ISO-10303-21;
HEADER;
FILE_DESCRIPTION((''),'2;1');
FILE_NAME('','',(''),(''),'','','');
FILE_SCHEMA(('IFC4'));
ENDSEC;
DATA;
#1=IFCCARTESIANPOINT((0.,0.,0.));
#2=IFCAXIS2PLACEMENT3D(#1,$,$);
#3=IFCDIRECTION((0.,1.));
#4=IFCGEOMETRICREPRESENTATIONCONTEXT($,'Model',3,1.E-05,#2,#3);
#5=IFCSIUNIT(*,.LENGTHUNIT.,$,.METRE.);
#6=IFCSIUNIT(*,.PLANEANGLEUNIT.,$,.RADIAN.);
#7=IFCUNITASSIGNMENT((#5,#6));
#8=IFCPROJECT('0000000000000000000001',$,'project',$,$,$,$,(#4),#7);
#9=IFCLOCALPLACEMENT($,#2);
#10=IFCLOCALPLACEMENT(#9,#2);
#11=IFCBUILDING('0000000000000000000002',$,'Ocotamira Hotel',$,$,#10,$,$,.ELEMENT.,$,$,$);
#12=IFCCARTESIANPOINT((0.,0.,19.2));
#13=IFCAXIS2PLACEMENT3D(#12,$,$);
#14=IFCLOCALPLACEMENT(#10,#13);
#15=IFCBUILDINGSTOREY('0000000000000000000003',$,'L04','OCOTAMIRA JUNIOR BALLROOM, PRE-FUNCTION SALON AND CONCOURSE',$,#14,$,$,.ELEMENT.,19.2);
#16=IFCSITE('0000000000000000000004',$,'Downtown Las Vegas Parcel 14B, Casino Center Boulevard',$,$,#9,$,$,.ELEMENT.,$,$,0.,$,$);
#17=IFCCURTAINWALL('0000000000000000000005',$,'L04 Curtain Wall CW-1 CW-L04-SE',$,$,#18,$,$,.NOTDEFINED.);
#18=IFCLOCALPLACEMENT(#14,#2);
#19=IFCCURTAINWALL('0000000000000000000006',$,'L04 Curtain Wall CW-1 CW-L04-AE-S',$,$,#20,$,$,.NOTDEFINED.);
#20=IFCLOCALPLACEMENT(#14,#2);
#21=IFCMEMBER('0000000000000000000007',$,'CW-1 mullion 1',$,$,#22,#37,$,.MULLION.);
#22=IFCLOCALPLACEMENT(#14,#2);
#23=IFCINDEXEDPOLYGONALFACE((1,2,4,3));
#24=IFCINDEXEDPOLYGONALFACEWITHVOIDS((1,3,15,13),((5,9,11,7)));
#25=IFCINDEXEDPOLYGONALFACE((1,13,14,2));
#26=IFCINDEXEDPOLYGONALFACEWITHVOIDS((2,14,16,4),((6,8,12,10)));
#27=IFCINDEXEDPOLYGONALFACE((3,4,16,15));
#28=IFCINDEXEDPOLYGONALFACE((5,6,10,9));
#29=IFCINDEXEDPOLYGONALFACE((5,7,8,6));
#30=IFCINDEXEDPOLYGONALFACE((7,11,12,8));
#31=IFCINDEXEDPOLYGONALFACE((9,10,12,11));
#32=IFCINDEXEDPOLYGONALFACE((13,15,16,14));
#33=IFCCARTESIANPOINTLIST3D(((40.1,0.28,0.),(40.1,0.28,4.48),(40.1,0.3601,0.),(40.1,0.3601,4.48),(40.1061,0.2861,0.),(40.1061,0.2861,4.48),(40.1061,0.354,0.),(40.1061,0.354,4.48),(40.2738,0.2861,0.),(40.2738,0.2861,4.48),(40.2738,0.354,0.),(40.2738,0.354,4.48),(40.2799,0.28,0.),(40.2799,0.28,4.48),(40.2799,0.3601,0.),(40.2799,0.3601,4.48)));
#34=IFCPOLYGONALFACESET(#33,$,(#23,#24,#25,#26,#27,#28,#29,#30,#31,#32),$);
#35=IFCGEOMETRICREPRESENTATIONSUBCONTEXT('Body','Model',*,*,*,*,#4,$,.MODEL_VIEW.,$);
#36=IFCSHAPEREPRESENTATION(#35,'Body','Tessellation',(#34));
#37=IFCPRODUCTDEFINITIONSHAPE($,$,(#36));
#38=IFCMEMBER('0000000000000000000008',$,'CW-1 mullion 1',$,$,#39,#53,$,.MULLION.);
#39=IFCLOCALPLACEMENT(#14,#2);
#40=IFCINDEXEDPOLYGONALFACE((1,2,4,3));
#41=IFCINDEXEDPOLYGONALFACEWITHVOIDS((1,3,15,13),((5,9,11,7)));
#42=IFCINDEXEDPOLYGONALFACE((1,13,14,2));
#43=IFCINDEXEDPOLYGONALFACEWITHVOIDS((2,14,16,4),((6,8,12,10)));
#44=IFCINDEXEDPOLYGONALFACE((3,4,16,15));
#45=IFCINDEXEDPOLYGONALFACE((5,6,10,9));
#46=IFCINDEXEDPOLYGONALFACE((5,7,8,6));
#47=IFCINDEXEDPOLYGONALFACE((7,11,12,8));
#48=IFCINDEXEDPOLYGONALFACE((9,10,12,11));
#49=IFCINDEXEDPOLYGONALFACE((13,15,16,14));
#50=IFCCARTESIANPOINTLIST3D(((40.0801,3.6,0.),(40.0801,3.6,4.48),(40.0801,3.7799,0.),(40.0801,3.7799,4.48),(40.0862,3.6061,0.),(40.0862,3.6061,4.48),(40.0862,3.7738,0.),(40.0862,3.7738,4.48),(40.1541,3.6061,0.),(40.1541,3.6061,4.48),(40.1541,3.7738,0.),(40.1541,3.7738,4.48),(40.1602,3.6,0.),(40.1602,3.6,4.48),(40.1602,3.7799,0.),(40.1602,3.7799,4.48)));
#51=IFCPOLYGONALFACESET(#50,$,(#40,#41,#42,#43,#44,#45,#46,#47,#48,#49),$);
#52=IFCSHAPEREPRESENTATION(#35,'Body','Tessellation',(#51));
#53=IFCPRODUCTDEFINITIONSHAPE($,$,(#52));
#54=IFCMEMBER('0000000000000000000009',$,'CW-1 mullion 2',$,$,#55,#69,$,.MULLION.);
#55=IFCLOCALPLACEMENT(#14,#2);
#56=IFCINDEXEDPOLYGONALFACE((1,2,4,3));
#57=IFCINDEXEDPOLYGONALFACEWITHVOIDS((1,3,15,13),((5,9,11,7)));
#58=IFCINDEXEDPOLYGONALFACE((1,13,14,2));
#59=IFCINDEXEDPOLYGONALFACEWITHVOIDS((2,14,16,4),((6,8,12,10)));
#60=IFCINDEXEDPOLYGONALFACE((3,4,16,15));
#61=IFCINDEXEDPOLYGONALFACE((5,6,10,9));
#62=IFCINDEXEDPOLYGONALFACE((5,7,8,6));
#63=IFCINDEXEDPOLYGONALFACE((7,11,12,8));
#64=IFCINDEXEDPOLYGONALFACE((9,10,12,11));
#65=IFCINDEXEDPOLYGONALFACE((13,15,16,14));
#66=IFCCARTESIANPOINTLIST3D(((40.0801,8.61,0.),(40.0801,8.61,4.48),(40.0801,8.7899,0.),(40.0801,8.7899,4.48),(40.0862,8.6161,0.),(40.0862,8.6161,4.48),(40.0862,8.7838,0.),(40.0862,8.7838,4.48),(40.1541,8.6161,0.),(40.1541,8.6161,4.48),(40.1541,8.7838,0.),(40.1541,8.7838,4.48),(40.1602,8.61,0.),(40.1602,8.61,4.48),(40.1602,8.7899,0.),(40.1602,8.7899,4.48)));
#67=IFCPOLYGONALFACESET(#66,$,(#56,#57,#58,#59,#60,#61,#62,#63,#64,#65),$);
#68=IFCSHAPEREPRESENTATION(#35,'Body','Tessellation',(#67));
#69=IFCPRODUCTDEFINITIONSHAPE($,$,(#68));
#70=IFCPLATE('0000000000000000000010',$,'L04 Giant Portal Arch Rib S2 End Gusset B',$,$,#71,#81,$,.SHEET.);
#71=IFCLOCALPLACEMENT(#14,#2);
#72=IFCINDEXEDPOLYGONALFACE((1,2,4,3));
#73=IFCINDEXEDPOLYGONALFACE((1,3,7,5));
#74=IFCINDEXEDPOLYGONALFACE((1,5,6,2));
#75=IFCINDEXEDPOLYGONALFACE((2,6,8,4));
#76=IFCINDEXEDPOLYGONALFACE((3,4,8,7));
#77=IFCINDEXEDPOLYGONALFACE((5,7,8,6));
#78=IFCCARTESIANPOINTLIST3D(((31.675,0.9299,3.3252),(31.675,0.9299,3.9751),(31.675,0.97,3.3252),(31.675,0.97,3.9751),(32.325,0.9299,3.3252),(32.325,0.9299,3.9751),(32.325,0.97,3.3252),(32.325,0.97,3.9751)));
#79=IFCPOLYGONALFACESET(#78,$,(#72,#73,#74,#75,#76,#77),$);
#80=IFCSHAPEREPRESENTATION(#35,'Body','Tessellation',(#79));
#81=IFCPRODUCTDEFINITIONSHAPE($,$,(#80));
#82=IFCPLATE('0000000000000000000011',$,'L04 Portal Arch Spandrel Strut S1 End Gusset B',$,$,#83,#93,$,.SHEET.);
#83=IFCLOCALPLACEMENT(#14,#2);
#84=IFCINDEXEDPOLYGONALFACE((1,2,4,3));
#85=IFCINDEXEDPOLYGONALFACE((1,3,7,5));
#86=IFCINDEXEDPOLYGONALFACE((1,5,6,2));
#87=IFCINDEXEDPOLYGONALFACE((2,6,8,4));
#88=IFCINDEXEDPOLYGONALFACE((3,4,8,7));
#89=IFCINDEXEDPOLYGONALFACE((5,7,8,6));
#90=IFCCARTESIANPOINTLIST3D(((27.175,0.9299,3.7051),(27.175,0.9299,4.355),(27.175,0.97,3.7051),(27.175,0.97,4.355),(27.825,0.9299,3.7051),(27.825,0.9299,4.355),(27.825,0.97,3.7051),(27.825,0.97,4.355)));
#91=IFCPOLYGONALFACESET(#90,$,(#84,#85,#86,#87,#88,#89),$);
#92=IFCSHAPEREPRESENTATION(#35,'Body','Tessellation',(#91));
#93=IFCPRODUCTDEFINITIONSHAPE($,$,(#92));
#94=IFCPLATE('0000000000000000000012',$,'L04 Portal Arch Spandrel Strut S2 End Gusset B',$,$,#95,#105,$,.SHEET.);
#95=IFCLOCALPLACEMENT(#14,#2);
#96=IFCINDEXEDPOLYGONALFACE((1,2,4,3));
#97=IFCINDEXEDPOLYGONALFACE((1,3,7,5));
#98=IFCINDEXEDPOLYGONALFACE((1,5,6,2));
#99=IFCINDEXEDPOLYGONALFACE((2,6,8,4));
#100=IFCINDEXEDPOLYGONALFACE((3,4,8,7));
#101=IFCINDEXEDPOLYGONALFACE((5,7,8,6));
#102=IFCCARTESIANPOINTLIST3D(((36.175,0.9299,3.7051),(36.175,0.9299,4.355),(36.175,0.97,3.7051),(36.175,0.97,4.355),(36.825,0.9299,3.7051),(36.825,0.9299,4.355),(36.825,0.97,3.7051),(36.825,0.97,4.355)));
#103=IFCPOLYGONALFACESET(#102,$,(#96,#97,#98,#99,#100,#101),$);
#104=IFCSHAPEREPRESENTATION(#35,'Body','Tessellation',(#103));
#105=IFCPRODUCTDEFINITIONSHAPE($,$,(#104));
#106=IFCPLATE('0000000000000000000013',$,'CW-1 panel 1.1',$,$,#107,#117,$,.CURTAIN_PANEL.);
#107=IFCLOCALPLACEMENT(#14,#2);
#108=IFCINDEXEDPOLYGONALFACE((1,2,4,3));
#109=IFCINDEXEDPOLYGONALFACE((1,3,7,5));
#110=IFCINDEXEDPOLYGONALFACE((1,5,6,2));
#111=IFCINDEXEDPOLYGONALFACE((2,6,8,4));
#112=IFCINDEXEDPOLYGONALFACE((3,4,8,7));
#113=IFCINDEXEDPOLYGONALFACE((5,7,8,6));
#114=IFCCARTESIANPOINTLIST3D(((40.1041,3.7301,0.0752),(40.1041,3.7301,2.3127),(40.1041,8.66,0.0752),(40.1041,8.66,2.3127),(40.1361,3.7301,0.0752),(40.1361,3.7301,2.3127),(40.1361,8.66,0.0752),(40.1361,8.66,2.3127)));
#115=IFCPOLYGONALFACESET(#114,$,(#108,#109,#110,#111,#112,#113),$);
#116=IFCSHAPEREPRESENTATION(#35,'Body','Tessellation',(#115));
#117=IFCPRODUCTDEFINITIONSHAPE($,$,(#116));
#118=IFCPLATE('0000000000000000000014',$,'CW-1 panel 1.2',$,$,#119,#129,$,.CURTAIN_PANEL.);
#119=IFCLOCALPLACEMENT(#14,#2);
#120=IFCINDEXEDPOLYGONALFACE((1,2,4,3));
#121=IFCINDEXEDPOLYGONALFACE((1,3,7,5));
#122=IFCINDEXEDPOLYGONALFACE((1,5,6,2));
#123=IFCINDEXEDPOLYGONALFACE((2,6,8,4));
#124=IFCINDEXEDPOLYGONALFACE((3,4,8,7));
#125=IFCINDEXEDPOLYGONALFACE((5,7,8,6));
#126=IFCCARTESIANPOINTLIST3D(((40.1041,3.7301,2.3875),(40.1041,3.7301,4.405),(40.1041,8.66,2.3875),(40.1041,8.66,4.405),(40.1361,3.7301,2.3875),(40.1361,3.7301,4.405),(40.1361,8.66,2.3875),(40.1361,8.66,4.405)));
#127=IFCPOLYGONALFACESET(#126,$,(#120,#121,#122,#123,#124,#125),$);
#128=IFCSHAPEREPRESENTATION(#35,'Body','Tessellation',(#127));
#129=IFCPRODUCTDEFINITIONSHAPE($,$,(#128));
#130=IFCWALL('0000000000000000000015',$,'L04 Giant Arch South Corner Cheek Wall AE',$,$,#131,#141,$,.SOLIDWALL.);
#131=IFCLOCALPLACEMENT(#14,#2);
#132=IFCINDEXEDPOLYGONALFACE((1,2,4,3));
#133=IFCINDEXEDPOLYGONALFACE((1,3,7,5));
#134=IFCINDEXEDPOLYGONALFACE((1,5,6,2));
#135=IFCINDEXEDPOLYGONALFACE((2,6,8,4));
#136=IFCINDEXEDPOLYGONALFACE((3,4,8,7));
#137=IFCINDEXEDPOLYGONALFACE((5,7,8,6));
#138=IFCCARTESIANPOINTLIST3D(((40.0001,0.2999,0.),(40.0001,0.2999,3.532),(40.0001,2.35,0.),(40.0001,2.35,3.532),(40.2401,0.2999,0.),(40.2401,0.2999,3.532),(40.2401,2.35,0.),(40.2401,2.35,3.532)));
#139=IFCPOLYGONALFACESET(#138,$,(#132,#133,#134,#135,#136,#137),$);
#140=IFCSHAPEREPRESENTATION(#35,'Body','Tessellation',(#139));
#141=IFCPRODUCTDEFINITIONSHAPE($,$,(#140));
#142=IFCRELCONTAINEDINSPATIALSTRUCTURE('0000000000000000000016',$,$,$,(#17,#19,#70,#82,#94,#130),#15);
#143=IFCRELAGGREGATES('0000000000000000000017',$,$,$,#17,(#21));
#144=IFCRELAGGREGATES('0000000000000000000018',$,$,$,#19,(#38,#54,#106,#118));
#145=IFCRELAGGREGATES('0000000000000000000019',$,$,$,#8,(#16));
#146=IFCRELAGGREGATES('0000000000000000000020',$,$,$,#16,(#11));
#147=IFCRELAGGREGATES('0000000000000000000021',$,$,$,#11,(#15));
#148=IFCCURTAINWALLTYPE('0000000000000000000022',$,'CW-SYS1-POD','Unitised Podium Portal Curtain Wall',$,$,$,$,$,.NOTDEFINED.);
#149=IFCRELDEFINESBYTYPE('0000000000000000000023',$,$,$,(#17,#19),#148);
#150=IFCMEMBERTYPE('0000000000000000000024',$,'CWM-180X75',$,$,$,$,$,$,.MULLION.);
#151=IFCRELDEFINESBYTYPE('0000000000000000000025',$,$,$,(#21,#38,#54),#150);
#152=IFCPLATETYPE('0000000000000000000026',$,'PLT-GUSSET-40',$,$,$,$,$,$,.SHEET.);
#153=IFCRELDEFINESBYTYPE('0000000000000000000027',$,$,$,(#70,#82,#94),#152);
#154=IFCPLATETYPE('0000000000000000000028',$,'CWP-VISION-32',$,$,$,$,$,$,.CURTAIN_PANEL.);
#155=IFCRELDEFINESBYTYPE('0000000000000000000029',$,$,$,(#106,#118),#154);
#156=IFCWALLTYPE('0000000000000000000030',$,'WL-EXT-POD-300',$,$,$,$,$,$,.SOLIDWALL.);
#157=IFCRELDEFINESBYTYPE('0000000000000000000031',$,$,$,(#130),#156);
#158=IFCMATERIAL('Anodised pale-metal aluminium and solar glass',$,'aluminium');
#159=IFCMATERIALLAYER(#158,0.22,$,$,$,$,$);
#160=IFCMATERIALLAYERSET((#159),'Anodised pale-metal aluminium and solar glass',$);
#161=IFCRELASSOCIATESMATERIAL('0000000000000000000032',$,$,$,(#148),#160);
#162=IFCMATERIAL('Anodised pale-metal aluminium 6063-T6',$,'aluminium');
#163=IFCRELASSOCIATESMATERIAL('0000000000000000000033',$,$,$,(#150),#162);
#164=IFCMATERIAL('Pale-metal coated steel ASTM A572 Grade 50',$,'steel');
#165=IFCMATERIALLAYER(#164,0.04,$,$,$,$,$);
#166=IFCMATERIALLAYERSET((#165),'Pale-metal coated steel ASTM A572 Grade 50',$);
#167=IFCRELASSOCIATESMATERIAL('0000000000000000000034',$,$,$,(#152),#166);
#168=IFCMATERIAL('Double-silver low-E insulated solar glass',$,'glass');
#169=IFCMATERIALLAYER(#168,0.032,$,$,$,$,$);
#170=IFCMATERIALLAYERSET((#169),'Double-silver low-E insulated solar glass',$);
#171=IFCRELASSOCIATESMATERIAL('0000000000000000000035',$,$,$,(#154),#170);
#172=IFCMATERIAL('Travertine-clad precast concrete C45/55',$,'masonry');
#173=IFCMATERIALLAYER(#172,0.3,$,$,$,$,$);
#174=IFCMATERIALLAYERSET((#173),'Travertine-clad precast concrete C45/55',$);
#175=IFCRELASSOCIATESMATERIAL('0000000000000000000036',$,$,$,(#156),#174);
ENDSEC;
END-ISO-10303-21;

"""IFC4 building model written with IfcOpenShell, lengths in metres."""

from ifc_helpers import new_model, si_unit, direction, frame, frame_2d, origin, origin_2d, place, context, subcontext, project, spatial, rectangle, hollow_rectangle, extrude, source, transform, mapped, material, layer, layer_set, material_profile, profile_set, type_object, element, aggregate, save


model = new_model("IFC4")

# Units and contexts
model_context = context("Model", 3, precision=1e-05, world=origin(), true_north=direction((0.0, 1.0)))
body_context = subcontext(model_context, "Body", "Model", "MODEL_VIEW")
ifc_project = project(units=[si_unit("LENGTHUNIT", "METRE"), si_unit("PLANEANGLEUNIT", "RADIAN")], contexts=[model_context])

# Site, building, storey
site_placement = place(None, origin())
site = spatial("IfcSite", under=ifc_project, at=site_placement, Name="Downtown Las Vegas Parcel 14B, Casino Center Boulevard", CompositionType="ELEMENT", RefElevation=0.0)
building_placement = place(site_placement, origin())
building = spatial("IfcBuilding", under=site, at=building_placement, Name="Ocotamira Hotel", CompositionType="ELEMENT")
storey_placement = place(building_placement, frame((0.0, 0.0, 19.2)))
storey = spatial("IfcBuildingStorey", under=building, at=storey_placement, Name="L04", Description="OCOTAMIRA JUNIOR BALLROOM, PRE-FUNCTION SALON AND CONCOURSE", CompositionType="ELEMENT", Elevation=19.2)

# Curtain wall
ifc_material_1 = material(Name="Anodised pale-metal aluminium and solar glass", Category="aluminium")
ifc_layer_1 = layer(ifc_material_1, 0.22)
ifc_layer_set_1 = layer_set([ifc_layer_1], Name="Anodised pale-metal aluminium and solar glass")
curtain_wall_type = type_object("IfcCurtainWallType", Name="CW-SYS1-POD", Description="Unitised Podium Portal Curtain Wall", PredefinedType="NOTDEFINED", material=ifc_layer_set_1)
curtain_wall_1_placement = place(storey_placement, origin())
curtain_wall_1 = element("IfcCurtainWall", 1, at=curtain_wall_1_placement, inside=storey, type_object=curtain_wall_type, Name="L04 Curtain Wall CW-1 CW-L04-SE", PredefinedType="NOTDEFINED")
ifc_material_2 = material(Name="Anodised pale-metal aluminium 6063-T6", Category="aluminium")

# Curtain wall
curtain_wall_2_placement = place(storey_placement, origin())
curtain_wall_2 = element("IfcCurtainWall", 2, at=curtain_wall_2_placement, inside=storey, type_object=curtain_wall_type, Name="L04 Curtain Wall CW-1 CW-L04-AE-S", PredefinedType="NOTDEFINED")

# Members
ifc_material_profile_1 = material_profile(ifc_material_2, hollow_rectangle(XDim=0.0801, YDim=0.1799, WallThickness=0.0061, at=origin_2d()), Name="HSS180X80X6")
ifc_profile_set_1 = profile_set([ifc_material_profile_1], Name="Anodised pale-metal aluminium 6063-T6")
member_type_1 = type_object("IfcMemberType", Name="CWM-180X75", PredefinedType="MULLION", material=ifc_profile_set_1)
shared_shape_1 = source(origin(), body_context, "Body", "SweptSolid", [
    extrude(hollow_rectangle(XDim=0.0801, YDim=0.1799, WallThickness=0.0061, at=origin_2d()), origin(), (0.0, 0.0, 1.0), 4.48),
])
member_1_placement = place(storey_placement, frame((40.1899, 0.3201, 0.0), z_axis=(0.0, 0.0, 1.0), x_axis=(0.0, 1.0, 0.0)))
member_1 = element("IfcMember", 3, at=member_1_placement, type_object=member_type_1, Name="CW-1 mullion 1", PredefinedType="MULLION", context=body_context, shape_type="MappedRepresentation", body=[
    mapped(shared_shape_1, transform((0.0, 0.0, 0.0), scale=1.0)),
])
aggregate(curtain_wall_1, [member_1])
member_2_placement = place(storey_placement, frame((40.1201, 3.6899, 0.0), z_axis=(0.0, 0.0, 1.0), x_axis=(-1.0, 0.0, 0.0)))
member_2 = element("IfcMember", 4, at=member_2_placement, type_object=member_type_1, Name="CW-1 mullion 1", PredefinedType="MULLION", context=body_context, shape_type="MappedRepresentation", body=[
    mapped(shared_shape_1, transform((0.0, 0.0, 0.0), scale=1.0)),
])
member_3_placement = place(storey_placement, frame((40.1201, 8.7, 0.0), z_axis=(0.0, 0.0, 1.0), x_axis=(-1.0, 0.0, 0.0)))
member_3 = element("IfcMember", 5, at=member_3_placement, type_object=member_type_1, Name="CW-1 mullion 2", PredefinedType="MULLION", context=body_context, shape_type="MappedRepresentation", body=[
    mapped(shared_shape_1, transform((0.0, 0.0, 0.0), scale=1.0)),
])

# Plates
ifc_material_3 = material(Name="Pale-metal coated steel ASTM A572 Grade 50", Category="steel")
ifc_layer_2 = layer(ifc_material_3, 0.04)
ifc_layer_set_2 = layer_set([ifc_layer_2], Name="Pale-metal coated steel ASTM A572 Grade 50")
plate_type_1 = type_object("IfcPlateType", Name="PLT-GUSSET-40", PredefinedType="SHEET", material=ifc_layer_set_2)
shared_shape_2 = source(origin(), body_context, "Body", "SweptSolid", [
    extrude(rectangle(XDim=0.6499, YDim=0.04, at=origin_2d()), origin(), (0.0, 0.0, 1.0), 0.6499),
])
for number, where, z_axis, x_axis, name in (
    (6, (32.0, 0.95, 3.3252), (0.0, 0.0, 1.0), (1.0, 0.0, 0.0), "L04 Giant Portal Arch Rib S2 End Gusset B"),
    (7, (27.5, 0.95, 3.7051), (0.0, 0.0, 1.0), (1.0, 0.0, 0.0), "L04 Portal Arch Spandrel Strut S1 End Gusset B"),
    (8, (36.5, 0.95, 3.7051), (0.0, 0.0, 1.0), (1.0, 0.0, 0.0), "L04 Portal Arch Spandrel Strut S2 End Gusset B"),
):
    element("IfcPlate", number, at=place(storey_placement, frame(where, z_axis=z_axis, x_axis=x_axis)), inside=storey, type_object=plate_type_1, Name=name, PredefinedType="SHEET", context=body_context, shape_type="MappedRepresentation", body=[
        mapped(shared_shape_2, transform((0.0, 0.0, 0.0), scale=1.0)),
    ])

# Plates
ifc_material_4 = material(Name="Double-silver low-E insulated solar glass", Category="glass")
ifc_layer_3 = layer(ifc_material_4, 0.032)
ifc_layer_set_3 = layer_set([ifc_layer_3], Name="Double-silver low-E insulated solar glass")
plate_type_2 = type_object("IfcPlateType", Name="CWP-VISION-32", PredefinedType="CURTAIN_PANEL", material=ifc_layer_set_3)
shared_shape_3 = source(origin(), body_context, "Body", "SweptSolid", [
    extrude(rectangle(XDim=4.9299, YDim=0.032, at=origin_2d()), origin(), (0.0, 0.0, 1.0), 2.2375),
])
plate_1_placement = place(storey_placement, frame((40.1201, 6.1951, 0.0752), z_axis=(0.0, 0.0, 1.0), x_axis=(0.0, 1.0, 0.0)))
plate_1 = element("IfcPlate", 9, at=plate_1_placement, type_object=plate_type_2, Name="CW-1 panel 1.1", PredefinedType="CURTAIN_PANEL", context=body_context, shape_type="MappedRepresentation", body=[
    mapped(shared_shape_3, transform((0.0, 0.0, 0.0), scale=1.0)),
])
shared_shape_4 = source(origin(), body_context, "Body", "SweptSolid", [
    extrude(rectangle(XDim=4.9299, YDim=0.032, at=origin_2d()), origin(), (0.0, 0.0, 1.0), 2.0176),
])
plate_2_placement = place(storey_placement, frame((40.1201, 6.1951, 2.3875), z_axis=(0.0, 0.0, 1.0), x_axis=(0.0, 1.0, 0.0)))
plate_2 = element("IfcPlate", 10, at=plate_2_placement, type_object=plate_type_2, Name="CW-1 panel 1.2", PredefinedType="CURTAIN_PANEL", context=body_context, shape_type="MappedRepresentation", body=[
    mapped(shared_shape_4, transform((0.0, 0.0, 0.0), scale=1.0)),
])
aggregate(curtain_wall_2, [member_2, member_3, plate_1, plate_2])

# Wall
ifc_material_5 = material(Name="Travertine-clad precast concrete C45/55", Category="masonry")
ifc_layer_4 = layer(ifc_material_5, 0.3)
ifc_layer_set_4 = layer_set([ifc_layer_4], Name="Travertine-clad precast concrete C45/55")
wall_type = type_object("IfcWallType", Name="WL-EXT-POD-300", PredefinedType="SOLIDWALL", material=ifc_layer_set_4)
wall_placement = place(storey_placement, frame((40.1201, 0.3, 0.0), z_axis=(0.0, 0.0, 1.0), x_axis=(0.0, 1.0, 0.0)))
element("IfcWall", 11, at=wall_placement, inside=storey, type_object=wall_type, Name="L04 Giant Arch South Corner Cheek Wall AE", PredefinedType="SOLIDWALL", context=body_context, shape_type="SweptSolid", body=[
    extrude(rectangle(XDim=2.05, YDim=0.24, at=frame_2d((1.0249, 0.0))), origin(), (0.0, 0.0, 1.0), 3.532),
])

save(model, "model.ifc")
